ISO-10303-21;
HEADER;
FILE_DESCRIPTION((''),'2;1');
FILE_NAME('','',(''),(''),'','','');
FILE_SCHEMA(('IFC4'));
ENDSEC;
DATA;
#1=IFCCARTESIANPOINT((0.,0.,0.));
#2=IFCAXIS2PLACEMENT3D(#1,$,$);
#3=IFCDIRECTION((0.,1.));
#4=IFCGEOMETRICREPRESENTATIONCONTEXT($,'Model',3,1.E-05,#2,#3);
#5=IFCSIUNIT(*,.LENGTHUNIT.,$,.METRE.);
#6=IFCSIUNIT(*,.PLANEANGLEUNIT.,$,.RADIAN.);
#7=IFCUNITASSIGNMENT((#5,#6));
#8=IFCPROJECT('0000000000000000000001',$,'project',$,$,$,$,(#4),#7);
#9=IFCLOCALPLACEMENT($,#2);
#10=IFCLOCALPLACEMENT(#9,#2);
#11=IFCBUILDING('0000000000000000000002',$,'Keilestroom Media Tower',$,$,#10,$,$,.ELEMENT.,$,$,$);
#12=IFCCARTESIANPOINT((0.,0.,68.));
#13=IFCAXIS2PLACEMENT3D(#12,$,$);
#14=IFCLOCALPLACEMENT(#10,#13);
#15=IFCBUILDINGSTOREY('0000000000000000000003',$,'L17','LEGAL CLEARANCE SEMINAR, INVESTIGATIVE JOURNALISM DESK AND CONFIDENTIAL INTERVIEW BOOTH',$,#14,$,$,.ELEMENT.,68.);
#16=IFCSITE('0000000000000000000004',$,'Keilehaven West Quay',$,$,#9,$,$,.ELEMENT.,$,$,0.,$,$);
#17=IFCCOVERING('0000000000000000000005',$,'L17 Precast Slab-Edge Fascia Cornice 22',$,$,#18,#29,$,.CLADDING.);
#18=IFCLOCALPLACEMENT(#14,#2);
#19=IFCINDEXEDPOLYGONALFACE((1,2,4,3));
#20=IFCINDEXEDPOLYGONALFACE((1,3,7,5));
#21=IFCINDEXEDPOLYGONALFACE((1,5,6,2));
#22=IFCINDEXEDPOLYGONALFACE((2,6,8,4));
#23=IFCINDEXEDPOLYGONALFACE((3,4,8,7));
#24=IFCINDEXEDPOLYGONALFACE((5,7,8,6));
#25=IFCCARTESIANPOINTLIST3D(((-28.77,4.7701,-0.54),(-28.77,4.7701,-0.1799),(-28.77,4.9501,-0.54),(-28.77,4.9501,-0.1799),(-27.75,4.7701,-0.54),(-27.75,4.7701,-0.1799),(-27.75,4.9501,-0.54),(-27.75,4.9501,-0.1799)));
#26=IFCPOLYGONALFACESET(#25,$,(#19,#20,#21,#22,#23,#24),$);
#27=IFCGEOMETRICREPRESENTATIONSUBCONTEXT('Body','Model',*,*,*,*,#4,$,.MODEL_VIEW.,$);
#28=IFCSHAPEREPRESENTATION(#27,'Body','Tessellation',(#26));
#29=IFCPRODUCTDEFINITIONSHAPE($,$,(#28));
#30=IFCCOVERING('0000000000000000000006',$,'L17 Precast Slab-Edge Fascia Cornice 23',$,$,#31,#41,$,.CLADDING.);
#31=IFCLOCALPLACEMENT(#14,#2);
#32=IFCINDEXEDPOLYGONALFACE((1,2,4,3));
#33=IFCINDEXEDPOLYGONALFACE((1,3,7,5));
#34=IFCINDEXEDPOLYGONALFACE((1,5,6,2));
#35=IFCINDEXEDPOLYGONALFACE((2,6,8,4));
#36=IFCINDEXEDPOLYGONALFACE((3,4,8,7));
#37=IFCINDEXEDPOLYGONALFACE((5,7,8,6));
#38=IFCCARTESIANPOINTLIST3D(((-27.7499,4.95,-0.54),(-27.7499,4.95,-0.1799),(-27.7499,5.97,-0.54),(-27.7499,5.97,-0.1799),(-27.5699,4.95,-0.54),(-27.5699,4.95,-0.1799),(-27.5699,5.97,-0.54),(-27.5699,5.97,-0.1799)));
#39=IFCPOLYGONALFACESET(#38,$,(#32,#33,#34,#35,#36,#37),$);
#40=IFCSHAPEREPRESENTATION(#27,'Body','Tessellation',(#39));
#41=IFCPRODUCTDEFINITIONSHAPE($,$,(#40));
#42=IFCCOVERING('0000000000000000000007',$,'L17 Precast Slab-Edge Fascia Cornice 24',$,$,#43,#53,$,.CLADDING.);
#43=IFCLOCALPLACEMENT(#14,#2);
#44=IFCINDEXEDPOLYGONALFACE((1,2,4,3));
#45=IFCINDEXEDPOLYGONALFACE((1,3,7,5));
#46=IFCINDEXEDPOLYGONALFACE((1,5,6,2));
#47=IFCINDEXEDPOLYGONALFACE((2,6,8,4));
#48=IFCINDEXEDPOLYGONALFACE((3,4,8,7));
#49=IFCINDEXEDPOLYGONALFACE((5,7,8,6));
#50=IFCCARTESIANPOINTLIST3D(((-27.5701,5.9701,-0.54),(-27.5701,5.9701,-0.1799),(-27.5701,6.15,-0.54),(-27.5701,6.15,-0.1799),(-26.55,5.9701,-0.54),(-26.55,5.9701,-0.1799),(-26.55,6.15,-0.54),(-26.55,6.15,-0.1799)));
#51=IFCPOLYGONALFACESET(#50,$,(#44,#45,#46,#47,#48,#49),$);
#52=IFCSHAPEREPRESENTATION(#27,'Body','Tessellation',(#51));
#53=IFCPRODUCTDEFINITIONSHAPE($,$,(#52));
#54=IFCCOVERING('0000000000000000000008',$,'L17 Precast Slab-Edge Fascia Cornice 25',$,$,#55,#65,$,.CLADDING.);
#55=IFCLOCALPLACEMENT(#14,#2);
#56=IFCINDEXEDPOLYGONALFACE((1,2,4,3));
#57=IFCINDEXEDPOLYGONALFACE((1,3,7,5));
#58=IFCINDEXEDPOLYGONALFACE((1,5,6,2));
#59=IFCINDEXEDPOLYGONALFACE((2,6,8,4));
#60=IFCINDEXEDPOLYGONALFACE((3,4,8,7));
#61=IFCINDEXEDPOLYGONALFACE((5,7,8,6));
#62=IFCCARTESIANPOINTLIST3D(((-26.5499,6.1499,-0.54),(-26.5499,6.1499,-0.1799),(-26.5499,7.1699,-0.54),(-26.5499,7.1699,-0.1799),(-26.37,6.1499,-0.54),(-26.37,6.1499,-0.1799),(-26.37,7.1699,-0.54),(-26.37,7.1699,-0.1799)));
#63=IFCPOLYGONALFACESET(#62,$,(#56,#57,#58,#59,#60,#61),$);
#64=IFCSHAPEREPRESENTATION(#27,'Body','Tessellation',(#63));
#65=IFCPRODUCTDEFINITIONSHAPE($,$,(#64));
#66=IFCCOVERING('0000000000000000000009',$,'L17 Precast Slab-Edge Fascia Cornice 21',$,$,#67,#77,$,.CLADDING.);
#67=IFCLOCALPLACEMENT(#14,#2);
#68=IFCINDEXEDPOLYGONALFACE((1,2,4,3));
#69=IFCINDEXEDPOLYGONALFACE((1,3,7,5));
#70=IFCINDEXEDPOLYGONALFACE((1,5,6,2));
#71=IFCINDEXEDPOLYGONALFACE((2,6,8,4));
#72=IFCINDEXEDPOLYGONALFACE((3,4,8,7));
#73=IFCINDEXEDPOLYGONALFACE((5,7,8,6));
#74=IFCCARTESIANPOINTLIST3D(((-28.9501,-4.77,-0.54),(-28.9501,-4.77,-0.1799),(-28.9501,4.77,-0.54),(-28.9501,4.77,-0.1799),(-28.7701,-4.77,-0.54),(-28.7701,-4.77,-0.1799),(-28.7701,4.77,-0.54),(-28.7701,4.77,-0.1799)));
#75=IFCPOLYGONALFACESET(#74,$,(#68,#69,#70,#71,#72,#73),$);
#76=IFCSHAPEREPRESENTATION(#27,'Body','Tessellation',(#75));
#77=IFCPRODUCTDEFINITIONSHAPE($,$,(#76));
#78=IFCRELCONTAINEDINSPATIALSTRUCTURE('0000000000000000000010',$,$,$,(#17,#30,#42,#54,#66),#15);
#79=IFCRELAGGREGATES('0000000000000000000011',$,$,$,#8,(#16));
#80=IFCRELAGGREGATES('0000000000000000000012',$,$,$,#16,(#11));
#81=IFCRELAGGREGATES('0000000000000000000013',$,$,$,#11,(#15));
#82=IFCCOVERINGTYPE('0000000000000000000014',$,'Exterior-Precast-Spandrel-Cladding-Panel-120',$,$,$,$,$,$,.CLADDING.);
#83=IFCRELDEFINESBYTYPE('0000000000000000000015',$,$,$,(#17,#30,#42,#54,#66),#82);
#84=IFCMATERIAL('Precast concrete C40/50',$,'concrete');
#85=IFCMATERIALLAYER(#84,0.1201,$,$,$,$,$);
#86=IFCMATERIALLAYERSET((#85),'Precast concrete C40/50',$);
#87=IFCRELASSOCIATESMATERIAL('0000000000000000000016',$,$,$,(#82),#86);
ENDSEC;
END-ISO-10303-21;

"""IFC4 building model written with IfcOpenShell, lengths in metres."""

from ifc_helpers import new_model, si_unit, direction, frame, origin, origin_2d, place, context, subcontext, project, spatial, rectangle, extrude, source, transform, mapped, material, layer, layer_set, type_object, element, save


model = new_model("IFC4")

# Units and contexts
model_context = context("Model", 3, precision=1e-05, world=origin(), true_north=direction((0.0, 1.0)))
body_context = subcontext(model_context, "Body", "Model", "MODEL_VIEW")
ifc_project = project(units=[si_unit("LENGTHUNIT", "METRE"), si_unit("PLANEANGLEUNIT", "RADIAN")], contexts=[model_context])

# Site, building, storey
site_placement = place(None, origin())
site = spatial("IfcSite", under=ifc_project, at=site_placement, Name="Keilehaven West Quay", CompositionType="ELEMENT", RefElevation=0.0)
building_placement = place(site_placement, origin())
building = spatial("IfcBuilding", under=site, at=building_placement, Name="Keilestroom Media Tower", CompositionType="ELEMENT")
storey_placement = place(building_placement, frame((0.0, 0.0, 68.0)))
storey = spatial("IfcBuildingStorey", under=building, at=storey_placement, Name="L17", Description="LEGAL CLEARANCE SEMINAR, INVESTIGATIVE JOURNALISM DESK AND CONFIDENTIAL INTERVIEW BOOTH", CompositionType="ELEMENT", Elevation=68.0)

# Shared definitions
ifc_material_1 = material(Name="Precast concrete C40/50", Category="concrete")

# Coverings
ifc_layer_1 = layer(ifc_material_1, 0.1201)
ifc_layer_set_1 = layer_set([ifc_layer_1], Name="Precast concrete C40/50")
covering_type = type_object("IfcCoveringType", Name="Exterior-Precast-Spandrel-Cladding-Panel-120", PredefinedType="CLADDING", material=ifc_layer_set_1)
shared_shape_1 = source(origin(), body_context, "Body", "SweptSolid", [
    extrude(rectangle(XDim=1.02, YDim=0.1799, at=origin_2d()), origin(), (0.0, 0.0, 1.0), 0.3601),
])
for number, where, z_axis, x_axis, name in (
    (1, (-28.26, 4.8601, -0.54), (0.0, 0.0, 1.0), (1.0, 0.0, 0.0), "L17 Precast Slab-Edge Fascia Cornice 22"),
    (2, (-27.6599, 5.46, -0.54), (0.0, 0.0, 1.0), (0.0, 1.0, 0.0), "L17 Precast Slab-Edge Fascia Cornice 23"),
    (3, (-27.0601, 6.0601, -0.54), (0.0, 0.0, 1.0), (1.0, 0.0, 0.0), "L17 Precast Slab-Edge Fascia Cornice 24"),
    (4, (-26.46, 6.6599, -0.54), (0.0, 0.0, 1.0), (0.0, 1.0, 0.0), "L17 Precast Slab-Edge Fascia Cornice 25"),
):
    element("IfcCovering", number, at=place(storey_placement, frame(where, z_axis=z_axis, x_axis=x_axis)), inside=storey, type_object=covering_type, Name=name, PredefinedType="CLADDING", context=body_context, shape_type="MappedRepresentation", body=[
        mapped(shared_shape_1, transform((0.0, 0.0, 0.0), x_axis=(1.0, 0.0, 0.0), y_axis=(0.0, 1.0, 0.0), z_axis=(0.0, 0.0, 1.0), scale=1.0)),
    ])
shared_shape_2 = source(origin(), body_context, "Body", "SweptSolid", [
    extrude(rectangle(XDim=9.54, YDim=0.1799, at=origin_2d()), origin(), (0.0, 0.0, 1.0), 0.3601),
])
covering_placement = place(storey_placement, frame((-28.8601, 0.0, -0.54), z_axis=(0.0, 0.0, 1.0), x_axis=(0.0, 1.0, 0.0)))
element("IfcCovering", 5, at=covering_placement, inside=storey, type_object=covering_type, Name="L17 Precast Slab-Edge Fascia Cornice 21", PredefinedType="CLADDING", context=body_context, shape_type="MappedRepresentation", body=[
    mapped(shared_shape_2, transform((0.0, 0.0, 0.0), x_axis=(1.0, 0.0, 0.0), y_axis=(0.0, 1.0, 0.0), z_axis=(0.0, 0.0, 1.0), scale=1.0)),
])

save(model, "model.ifc")
